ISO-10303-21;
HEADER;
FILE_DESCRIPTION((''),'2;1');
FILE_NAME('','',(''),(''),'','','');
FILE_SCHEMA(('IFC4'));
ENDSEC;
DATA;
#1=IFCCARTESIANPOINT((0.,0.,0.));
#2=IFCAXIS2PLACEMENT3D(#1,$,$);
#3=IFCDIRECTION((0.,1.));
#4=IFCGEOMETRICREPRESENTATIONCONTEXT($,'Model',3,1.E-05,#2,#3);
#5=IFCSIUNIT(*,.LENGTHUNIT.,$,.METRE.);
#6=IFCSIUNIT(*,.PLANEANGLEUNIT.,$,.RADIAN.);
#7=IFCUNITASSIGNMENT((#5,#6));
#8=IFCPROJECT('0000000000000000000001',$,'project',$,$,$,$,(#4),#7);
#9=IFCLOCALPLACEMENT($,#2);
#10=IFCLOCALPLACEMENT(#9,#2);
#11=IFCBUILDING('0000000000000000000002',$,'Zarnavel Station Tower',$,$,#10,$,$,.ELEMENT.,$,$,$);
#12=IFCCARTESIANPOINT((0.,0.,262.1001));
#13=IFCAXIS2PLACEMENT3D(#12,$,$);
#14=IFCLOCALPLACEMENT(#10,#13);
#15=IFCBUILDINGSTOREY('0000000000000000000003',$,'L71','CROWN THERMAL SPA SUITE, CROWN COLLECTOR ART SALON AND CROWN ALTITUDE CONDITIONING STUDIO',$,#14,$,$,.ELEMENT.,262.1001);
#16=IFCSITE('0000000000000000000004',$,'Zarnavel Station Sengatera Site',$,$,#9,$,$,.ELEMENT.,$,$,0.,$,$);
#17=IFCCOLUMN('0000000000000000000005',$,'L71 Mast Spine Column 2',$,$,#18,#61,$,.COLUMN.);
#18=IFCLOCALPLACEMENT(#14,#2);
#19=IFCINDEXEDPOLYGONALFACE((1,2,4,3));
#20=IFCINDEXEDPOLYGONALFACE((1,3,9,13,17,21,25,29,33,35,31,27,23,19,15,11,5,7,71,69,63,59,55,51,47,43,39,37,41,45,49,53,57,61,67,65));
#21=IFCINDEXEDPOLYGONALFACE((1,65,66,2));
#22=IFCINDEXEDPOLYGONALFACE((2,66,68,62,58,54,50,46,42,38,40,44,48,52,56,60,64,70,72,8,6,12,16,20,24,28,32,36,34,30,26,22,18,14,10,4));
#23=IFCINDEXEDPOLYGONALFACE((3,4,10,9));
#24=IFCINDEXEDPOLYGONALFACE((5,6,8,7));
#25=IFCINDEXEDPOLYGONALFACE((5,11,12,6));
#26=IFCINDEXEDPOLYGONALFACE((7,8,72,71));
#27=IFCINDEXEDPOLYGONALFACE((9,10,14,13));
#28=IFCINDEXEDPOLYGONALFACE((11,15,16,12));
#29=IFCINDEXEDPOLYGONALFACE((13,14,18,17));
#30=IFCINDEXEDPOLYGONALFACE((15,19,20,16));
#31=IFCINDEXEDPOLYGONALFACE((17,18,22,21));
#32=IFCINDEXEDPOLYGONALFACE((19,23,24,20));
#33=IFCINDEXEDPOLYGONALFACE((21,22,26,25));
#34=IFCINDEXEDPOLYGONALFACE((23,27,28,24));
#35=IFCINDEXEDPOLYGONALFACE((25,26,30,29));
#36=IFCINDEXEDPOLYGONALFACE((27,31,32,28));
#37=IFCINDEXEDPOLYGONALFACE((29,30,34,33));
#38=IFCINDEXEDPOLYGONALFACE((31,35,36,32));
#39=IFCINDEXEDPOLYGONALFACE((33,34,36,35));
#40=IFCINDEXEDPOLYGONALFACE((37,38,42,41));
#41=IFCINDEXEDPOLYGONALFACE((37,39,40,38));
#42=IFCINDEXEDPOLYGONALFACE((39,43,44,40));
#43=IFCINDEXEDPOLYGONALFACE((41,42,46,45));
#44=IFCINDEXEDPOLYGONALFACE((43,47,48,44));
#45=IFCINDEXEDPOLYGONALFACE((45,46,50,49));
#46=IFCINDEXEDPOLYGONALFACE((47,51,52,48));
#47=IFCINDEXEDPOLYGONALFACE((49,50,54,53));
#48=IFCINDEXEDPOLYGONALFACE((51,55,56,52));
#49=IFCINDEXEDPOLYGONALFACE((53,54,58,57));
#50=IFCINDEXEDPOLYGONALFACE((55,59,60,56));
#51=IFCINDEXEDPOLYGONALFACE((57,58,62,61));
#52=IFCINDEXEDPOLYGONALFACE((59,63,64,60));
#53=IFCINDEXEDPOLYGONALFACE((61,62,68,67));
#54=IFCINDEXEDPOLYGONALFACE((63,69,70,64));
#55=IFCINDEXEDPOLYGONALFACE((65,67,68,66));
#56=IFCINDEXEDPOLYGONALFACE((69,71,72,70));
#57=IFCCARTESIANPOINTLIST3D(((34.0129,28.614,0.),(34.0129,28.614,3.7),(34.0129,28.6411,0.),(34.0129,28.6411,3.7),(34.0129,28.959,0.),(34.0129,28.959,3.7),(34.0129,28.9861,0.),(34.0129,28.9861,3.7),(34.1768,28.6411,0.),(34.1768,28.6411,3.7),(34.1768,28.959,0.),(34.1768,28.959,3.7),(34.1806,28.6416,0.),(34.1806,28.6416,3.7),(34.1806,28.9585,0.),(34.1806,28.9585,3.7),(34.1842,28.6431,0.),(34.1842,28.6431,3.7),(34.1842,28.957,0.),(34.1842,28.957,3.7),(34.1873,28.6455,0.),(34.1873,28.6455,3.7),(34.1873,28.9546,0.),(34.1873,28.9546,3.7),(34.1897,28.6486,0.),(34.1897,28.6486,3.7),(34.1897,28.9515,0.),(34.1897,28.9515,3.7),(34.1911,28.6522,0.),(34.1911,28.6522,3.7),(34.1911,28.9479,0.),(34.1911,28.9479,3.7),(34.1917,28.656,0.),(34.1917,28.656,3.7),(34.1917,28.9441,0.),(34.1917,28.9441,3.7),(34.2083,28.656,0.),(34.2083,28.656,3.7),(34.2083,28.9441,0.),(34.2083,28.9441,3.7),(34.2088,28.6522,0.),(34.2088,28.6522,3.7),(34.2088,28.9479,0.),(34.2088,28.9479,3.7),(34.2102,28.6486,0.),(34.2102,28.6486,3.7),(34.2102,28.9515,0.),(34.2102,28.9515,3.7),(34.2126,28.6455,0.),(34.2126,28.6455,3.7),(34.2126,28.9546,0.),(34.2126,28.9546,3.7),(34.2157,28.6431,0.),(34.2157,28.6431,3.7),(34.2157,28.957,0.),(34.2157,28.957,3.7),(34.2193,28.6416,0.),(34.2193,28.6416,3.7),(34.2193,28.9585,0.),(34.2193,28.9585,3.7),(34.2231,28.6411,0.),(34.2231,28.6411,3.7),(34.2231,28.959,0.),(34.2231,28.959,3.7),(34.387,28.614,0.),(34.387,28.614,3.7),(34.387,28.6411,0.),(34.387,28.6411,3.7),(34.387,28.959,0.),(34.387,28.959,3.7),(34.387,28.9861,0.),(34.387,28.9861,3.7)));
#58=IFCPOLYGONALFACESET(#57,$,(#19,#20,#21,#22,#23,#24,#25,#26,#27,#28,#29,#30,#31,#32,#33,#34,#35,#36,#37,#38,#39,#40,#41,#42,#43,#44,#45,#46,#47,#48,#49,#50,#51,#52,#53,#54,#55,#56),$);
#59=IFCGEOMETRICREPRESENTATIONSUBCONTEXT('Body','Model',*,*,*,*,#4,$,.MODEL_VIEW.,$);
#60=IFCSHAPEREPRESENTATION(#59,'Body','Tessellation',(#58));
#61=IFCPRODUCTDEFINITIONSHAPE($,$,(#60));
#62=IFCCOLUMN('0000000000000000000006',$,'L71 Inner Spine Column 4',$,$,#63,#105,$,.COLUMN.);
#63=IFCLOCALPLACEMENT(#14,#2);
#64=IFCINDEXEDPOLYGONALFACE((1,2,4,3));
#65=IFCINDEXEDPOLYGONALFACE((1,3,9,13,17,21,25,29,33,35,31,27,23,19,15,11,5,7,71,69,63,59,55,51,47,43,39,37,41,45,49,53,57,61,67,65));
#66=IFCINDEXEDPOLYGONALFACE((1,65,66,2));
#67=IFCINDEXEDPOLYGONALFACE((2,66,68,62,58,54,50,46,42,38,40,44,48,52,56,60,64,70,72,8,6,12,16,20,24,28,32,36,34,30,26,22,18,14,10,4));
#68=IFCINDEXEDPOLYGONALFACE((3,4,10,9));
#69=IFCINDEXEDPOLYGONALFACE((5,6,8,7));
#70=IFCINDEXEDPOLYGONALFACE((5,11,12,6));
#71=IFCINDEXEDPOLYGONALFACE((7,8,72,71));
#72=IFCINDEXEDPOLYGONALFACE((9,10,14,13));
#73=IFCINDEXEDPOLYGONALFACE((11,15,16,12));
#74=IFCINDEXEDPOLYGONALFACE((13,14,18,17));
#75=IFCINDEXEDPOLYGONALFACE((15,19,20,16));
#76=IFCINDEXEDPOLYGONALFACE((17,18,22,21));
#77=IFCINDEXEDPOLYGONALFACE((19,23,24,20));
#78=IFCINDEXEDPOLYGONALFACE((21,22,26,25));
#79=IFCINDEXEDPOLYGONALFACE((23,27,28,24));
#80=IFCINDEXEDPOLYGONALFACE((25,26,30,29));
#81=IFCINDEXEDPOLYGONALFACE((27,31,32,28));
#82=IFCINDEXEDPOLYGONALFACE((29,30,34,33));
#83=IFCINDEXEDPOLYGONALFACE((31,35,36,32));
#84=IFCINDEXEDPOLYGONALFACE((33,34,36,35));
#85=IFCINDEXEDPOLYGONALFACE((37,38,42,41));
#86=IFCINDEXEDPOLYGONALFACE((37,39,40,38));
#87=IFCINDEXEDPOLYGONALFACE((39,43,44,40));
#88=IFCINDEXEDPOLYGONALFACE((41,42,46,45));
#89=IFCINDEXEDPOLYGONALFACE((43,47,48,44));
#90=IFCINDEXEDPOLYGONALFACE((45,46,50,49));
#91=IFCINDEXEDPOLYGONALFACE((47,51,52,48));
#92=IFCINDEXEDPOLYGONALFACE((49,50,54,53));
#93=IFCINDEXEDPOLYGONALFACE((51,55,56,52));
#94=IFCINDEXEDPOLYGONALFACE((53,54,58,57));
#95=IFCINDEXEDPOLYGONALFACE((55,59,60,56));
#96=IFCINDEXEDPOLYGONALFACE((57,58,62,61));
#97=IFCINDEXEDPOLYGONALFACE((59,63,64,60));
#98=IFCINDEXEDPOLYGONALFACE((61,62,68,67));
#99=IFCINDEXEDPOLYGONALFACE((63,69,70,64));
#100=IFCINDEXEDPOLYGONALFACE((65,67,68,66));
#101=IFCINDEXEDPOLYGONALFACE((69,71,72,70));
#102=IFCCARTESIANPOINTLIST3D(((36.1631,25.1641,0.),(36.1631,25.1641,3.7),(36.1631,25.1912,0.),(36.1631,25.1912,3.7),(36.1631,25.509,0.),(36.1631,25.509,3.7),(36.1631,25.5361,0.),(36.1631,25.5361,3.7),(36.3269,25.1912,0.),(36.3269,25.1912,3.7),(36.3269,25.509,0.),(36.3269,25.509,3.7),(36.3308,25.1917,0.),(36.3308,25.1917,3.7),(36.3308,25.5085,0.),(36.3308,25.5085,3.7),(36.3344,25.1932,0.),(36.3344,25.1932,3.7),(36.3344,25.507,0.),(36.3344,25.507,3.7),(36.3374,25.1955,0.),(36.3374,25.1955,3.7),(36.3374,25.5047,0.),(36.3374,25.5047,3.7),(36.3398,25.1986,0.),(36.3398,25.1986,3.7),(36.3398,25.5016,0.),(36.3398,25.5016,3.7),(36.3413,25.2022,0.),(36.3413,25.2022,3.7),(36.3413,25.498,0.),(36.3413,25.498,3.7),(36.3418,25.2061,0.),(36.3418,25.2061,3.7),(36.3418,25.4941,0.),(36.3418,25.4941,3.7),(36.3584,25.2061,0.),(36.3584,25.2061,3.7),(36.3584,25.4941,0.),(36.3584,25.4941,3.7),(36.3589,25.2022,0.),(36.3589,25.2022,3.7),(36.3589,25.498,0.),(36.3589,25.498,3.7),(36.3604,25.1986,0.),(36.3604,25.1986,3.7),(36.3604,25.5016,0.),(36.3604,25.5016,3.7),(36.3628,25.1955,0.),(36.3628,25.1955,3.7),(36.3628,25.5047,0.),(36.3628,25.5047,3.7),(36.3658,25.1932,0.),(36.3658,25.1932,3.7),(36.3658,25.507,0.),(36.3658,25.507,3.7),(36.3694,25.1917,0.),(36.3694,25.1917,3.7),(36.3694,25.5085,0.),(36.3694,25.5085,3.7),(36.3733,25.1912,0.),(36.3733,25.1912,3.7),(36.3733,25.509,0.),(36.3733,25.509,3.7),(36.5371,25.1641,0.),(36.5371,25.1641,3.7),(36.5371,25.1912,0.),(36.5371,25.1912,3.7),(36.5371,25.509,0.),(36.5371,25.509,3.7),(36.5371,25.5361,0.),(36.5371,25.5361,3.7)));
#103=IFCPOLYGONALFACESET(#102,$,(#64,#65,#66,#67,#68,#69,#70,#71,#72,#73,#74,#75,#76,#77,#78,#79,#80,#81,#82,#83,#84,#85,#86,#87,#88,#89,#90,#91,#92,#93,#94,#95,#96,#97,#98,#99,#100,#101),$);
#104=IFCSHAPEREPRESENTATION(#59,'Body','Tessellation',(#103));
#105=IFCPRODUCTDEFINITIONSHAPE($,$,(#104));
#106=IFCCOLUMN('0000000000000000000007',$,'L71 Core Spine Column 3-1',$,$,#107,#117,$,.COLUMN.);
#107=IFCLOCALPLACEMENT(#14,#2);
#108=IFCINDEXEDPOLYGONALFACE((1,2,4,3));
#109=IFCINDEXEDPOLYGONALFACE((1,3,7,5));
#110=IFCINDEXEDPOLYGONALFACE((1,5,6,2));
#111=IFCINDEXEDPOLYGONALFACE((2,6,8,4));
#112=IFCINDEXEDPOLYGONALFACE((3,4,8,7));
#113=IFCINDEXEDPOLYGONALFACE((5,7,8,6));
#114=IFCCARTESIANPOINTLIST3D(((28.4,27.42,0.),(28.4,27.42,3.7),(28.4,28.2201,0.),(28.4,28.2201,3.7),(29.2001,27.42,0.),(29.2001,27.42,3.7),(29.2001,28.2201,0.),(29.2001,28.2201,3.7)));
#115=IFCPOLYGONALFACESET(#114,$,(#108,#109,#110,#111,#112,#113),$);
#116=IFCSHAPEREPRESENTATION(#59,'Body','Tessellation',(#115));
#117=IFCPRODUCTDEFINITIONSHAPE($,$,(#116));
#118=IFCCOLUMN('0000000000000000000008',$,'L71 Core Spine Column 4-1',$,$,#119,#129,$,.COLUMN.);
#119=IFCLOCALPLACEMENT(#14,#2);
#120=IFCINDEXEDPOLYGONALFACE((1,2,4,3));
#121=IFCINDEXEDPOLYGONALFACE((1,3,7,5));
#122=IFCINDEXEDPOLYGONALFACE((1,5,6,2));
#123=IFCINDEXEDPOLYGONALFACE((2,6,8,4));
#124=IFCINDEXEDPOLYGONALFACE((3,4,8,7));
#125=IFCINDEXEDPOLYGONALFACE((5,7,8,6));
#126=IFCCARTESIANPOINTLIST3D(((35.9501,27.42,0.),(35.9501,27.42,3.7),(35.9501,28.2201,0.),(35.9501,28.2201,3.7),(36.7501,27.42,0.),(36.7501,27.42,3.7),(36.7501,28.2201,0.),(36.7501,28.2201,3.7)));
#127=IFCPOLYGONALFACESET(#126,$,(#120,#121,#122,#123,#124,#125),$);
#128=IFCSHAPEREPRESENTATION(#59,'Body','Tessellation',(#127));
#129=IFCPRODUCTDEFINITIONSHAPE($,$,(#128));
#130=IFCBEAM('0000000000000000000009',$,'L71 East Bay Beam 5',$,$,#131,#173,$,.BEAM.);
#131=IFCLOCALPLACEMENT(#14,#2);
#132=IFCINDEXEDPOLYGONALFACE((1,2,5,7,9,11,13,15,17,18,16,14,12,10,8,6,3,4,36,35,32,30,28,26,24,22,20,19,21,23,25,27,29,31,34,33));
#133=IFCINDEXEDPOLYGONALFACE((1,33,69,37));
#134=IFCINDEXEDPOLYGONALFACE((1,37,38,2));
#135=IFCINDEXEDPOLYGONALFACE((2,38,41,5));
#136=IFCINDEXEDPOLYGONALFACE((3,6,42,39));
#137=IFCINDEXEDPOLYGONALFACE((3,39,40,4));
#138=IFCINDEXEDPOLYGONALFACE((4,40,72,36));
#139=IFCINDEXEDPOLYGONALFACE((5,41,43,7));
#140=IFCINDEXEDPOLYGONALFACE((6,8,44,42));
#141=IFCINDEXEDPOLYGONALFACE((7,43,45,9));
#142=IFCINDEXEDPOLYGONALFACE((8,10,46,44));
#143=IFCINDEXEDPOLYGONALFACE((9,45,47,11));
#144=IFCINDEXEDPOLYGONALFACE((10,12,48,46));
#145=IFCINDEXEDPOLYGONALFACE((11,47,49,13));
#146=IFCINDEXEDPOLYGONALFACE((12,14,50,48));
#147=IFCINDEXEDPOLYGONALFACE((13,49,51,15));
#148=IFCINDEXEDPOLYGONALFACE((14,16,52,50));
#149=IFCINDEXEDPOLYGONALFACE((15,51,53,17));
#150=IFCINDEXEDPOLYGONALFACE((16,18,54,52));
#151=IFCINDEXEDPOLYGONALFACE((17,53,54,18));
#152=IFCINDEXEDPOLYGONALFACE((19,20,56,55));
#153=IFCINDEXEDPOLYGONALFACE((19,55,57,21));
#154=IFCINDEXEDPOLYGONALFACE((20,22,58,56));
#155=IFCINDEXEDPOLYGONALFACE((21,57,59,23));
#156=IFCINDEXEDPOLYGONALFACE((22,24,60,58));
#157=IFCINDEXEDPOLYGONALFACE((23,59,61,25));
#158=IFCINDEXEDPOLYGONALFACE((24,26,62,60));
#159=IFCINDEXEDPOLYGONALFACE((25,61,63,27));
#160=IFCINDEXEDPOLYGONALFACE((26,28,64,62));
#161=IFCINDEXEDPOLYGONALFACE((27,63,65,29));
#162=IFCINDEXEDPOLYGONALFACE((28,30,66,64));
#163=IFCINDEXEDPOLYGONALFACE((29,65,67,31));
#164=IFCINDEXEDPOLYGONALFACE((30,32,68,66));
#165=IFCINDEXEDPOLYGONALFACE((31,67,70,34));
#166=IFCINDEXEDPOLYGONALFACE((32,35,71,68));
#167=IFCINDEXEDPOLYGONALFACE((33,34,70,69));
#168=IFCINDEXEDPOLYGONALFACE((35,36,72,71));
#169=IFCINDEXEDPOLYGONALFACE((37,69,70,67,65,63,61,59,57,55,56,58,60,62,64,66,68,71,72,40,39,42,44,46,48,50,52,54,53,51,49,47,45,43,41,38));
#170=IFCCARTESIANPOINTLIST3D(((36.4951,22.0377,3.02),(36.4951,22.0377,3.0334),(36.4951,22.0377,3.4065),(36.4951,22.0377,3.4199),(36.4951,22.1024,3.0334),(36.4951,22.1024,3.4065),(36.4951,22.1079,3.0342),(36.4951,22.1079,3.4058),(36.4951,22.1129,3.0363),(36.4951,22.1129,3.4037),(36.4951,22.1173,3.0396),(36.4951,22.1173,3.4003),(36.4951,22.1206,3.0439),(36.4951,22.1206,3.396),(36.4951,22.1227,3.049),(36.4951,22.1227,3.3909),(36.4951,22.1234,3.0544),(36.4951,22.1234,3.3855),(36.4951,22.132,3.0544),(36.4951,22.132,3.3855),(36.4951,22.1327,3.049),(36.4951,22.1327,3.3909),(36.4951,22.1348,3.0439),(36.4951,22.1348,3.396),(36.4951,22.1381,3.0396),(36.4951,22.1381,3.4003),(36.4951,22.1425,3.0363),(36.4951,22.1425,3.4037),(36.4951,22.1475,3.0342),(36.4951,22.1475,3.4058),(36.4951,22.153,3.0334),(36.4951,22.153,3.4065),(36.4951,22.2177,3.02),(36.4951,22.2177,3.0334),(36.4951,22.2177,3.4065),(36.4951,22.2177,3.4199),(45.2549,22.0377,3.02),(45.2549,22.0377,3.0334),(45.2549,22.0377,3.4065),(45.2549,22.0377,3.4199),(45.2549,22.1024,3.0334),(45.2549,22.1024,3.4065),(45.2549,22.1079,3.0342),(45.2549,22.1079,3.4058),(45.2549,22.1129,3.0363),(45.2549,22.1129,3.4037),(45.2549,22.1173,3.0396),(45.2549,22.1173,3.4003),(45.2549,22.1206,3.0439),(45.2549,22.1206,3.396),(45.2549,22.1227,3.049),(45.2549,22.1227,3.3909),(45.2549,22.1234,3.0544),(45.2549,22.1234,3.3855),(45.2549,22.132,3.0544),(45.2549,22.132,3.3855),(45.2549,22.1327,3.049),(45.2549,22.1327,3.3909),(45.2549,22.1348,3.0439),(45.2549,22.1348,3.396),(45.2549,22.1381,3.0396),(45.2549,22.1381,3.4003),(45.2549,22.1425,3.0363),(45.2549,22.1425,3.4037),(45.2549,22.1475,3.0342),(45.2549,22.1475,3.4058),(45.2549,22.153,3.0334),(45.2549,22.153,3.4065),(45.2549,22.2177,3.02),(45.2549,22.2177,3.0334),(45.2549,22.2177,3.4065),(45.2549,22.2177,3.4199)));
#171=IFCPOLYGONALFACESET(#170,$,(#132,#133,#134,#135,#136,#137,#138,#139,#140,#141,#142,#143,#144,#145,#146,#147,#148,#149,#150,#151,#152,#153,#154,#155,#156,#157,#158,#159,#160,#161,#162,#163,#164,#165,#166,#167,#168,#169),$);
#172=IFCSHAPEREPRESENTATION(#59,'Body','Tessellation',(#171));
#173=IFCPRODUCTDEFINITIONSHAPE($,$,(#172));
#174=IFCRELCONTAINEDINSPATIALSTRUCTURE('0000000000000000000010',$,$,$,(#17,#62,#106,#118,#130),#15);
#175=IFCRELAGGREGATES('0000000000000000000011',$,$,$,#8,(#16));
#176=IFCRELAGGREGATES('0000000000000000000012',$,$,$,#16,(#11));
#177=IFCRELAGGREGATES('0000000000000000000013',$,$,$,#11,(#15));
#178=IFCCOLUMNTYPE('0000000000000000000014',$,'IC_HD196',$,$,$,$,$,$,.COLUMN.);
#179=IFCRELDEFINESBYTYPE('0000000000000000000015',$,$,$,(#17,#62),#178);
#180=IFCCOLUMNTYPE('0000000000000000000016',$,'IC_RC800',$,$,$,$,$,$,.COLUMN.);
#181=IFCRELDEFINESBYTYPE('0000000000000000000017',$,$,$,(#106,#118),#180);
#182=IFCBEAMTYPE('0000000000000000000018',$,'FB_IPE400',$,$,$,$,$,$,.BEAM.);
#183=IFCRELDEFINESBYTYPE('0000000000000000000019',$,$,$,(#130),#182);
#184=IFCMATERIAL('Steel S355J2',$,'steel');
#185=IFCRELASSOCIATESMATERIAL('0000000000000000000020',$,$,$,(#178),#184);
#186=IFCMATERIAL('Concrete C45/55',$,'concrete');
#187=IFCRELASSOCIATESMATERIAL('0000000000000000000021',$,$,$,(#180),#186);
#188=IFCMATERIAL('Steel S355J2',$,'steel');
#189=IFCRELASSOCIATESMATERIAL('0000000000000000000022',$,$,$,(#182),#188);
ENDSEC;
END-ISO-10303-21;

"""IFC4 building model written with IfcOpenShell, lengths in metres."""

from ifc_helpers import new_model, si_unit, direction, frame, origin, origin_2d, place, context, subcontext, project, spatial, rectangle, i_section, extrude, material, material_profile, profile_set, type_object, element, save


model = new_model("IFC4")

# Units and contexts
model_context = context("Model", 3, precision=1e-05, world=origin(), true_north=direction((0.0, 1.0)))
body_context = subcontext(model_context, "Body", "Model", "MODEL_VIEW")
ifc_project = project(units=[si_unit("LENGTHUNIT", "METRE"), si_unit("PLANEANGLEUNIT", "RADIAN")], contexts=[model_context])

# Site, building, storey
site_placement = place(None, origin())
site = spatial("IfcSite", under=ifc_project, at=site_placement, Name="Zarnavel Station Sengatera Site", CompositionType="ELEMENT", RefElevation=0.0)
building_placement = place(site_placement, origin())
building = spatial("IfcBuilding", under=site, at=building_placement, Name="Zarnavel Station Tower", CompositionType="ELEMENT")
storey_placement = place(building_placement, frame((0.0, 0.0, 262.1001)))
storey = spatial("IfcBuildingStorey", under=building, at=storey_placement, Name="L71", Description="CROWN THERMAL SPA SUITE, CROWN COLLECTOR ART SALON AND CROWN ALTITUDE CONDITIONING STUDIO", CompositionType="ELEMENT", Elevation=262.1001)

# Columns
ifc_material_1 = material(Name="Steel S355J2", Category="steel")
ifc_material_profile_1 = material_profile(ifc_material_1, i_section(OverallWidth=0.374, OverallDepth=0.3721, WebThickness=0.0166, FlangeThickness=0.0271, FilletRadius=0.0149, at=origin_2d()), Name="HD360x196")
ifc_profile_set_1 = profile_set([ifc_material_profile_1], Name="Steel S355J2")
column_type_1 = type_object("IfcColumnType", Name="IC_HD196", PredefinedType="COLUMN", material=ifc_profile_set_1)
for number, where, z_axis, x_axis, name in (
    (1, (34.2, 28.8, 0.0), (0.0, 0.0, 1.0), (1.0, 0.0, 0.0), "L71 Mast Spine Column 2"),
    (2, (36.3501, 25.3501, 0.0), (0.0, 0.0, 1.0), (1.0, 0.0, 0.0), "L71 Inner Spine Column 4"),
):
    element("IfcColumn", number, at=place(storey_placement, frame(where, z_axis=z_axis, x_axis=x_axis)), inside=storey, type_object=column_type_1, Name=name, PredefinedType="COLUMN", context=body_context, shape_type="SweptSolid", body=[
        extrude(i_section(OverallWidth=0.374, OverallDepth=0.3721, WebThickness=0.0166, FlangeThickness=0.0271, FilletRadius=0.0149, at=origin_2d()), origin(), (0.0, 0.0, 1.0), 3.7),
    ])
ifc_material_2 = material(Name="Concrete C45/55", Category="concrete")
ifc_material_profile_2 = material_profile(ifc_material_2, rectangle(XDim=0.8, YDim=0.8, at=origin_2d()), Name="RC800x800")
ifc_profile_set_2 = profile_set([ifc_material_profile_2], Name="Concrete C45/55")
column_type_2 = type_object("IfcColumnType", Name="IC_RC800", PredefinedType="COLUMN", material=ifc_profile_set_2)
for number, where, z_axis, x_axis, name in (
    (3, (28.8, 27.8201, 0.0), (0.0, 0.0, 1.0), (1.0, 0.0, 0.0), "L71 Core Spine Column 3-1"),
    (4, (36.3501, 27.8201, 0.0), (0.0, 0.0, 1.0), (1.0, 0.0, 0.0), "L71 Core Spine Column 4-1"),
):
    element("IfcColumn", number, at=place(storey_placement, frame(where, z_axis=z_axis, x_axis=x_axis)), inside=storey, type_object=column_type_2, Name=name, PredefinedType="COLUMN", context=body_context, shape_type="SweptSolid", body=[
        extrude(rectangle(XDim=0.8, YDim=0.8, at=origin_2d()), origin(), (0.0, 0.0, 1.0), 3.7),
    ])

# Beam
ifc_material_3 = material(Name="Steel S355J2", Category="steel")
ifc_material_profile_3 = material_profile(ifc_material_3, i_section(OverallWidth=0.1799, OverallDepth=0.3999, WebThickness=0.0085, FlangeThickness=0.0134, FilletRadius=0.021, at=origin_2d()), Name="IPE400")
ifc_profile_set_3 = profile_set([ifc_material_profile_3], Name="Steel S355J2")
beam_type_1 = type_object("IfcBeamType", Name="FB_IPE400", PredefinedType="BEAM", material=ifc_profile_set_3)
beam_1_placement = place(storey_placement, frame((36.4951, 22.1277, 3.22), z_axis=(1.0, 0.0, 0.0), x_axis=(0.0, 1.0, 0.0)))
element("IfcBeam", 5, at=beam_1_placement, inside=storey, type_object=beam_type_1, Name="L71 East Bay Beam 5", PredefinedType="BEAM", context=body_context, shape_type="SweptSolid", body=[
    extrude(i_section(OverallWidth=0.1799, OverallDepth=0.3999, WebThickness=0.0085, FlangeThickness=0.0134, FilletRadius=0.021, at=origin_2d()), origin(), (0.0, 0.0, 1.0), 8.7598),
])

save(model, "model.ifc")
